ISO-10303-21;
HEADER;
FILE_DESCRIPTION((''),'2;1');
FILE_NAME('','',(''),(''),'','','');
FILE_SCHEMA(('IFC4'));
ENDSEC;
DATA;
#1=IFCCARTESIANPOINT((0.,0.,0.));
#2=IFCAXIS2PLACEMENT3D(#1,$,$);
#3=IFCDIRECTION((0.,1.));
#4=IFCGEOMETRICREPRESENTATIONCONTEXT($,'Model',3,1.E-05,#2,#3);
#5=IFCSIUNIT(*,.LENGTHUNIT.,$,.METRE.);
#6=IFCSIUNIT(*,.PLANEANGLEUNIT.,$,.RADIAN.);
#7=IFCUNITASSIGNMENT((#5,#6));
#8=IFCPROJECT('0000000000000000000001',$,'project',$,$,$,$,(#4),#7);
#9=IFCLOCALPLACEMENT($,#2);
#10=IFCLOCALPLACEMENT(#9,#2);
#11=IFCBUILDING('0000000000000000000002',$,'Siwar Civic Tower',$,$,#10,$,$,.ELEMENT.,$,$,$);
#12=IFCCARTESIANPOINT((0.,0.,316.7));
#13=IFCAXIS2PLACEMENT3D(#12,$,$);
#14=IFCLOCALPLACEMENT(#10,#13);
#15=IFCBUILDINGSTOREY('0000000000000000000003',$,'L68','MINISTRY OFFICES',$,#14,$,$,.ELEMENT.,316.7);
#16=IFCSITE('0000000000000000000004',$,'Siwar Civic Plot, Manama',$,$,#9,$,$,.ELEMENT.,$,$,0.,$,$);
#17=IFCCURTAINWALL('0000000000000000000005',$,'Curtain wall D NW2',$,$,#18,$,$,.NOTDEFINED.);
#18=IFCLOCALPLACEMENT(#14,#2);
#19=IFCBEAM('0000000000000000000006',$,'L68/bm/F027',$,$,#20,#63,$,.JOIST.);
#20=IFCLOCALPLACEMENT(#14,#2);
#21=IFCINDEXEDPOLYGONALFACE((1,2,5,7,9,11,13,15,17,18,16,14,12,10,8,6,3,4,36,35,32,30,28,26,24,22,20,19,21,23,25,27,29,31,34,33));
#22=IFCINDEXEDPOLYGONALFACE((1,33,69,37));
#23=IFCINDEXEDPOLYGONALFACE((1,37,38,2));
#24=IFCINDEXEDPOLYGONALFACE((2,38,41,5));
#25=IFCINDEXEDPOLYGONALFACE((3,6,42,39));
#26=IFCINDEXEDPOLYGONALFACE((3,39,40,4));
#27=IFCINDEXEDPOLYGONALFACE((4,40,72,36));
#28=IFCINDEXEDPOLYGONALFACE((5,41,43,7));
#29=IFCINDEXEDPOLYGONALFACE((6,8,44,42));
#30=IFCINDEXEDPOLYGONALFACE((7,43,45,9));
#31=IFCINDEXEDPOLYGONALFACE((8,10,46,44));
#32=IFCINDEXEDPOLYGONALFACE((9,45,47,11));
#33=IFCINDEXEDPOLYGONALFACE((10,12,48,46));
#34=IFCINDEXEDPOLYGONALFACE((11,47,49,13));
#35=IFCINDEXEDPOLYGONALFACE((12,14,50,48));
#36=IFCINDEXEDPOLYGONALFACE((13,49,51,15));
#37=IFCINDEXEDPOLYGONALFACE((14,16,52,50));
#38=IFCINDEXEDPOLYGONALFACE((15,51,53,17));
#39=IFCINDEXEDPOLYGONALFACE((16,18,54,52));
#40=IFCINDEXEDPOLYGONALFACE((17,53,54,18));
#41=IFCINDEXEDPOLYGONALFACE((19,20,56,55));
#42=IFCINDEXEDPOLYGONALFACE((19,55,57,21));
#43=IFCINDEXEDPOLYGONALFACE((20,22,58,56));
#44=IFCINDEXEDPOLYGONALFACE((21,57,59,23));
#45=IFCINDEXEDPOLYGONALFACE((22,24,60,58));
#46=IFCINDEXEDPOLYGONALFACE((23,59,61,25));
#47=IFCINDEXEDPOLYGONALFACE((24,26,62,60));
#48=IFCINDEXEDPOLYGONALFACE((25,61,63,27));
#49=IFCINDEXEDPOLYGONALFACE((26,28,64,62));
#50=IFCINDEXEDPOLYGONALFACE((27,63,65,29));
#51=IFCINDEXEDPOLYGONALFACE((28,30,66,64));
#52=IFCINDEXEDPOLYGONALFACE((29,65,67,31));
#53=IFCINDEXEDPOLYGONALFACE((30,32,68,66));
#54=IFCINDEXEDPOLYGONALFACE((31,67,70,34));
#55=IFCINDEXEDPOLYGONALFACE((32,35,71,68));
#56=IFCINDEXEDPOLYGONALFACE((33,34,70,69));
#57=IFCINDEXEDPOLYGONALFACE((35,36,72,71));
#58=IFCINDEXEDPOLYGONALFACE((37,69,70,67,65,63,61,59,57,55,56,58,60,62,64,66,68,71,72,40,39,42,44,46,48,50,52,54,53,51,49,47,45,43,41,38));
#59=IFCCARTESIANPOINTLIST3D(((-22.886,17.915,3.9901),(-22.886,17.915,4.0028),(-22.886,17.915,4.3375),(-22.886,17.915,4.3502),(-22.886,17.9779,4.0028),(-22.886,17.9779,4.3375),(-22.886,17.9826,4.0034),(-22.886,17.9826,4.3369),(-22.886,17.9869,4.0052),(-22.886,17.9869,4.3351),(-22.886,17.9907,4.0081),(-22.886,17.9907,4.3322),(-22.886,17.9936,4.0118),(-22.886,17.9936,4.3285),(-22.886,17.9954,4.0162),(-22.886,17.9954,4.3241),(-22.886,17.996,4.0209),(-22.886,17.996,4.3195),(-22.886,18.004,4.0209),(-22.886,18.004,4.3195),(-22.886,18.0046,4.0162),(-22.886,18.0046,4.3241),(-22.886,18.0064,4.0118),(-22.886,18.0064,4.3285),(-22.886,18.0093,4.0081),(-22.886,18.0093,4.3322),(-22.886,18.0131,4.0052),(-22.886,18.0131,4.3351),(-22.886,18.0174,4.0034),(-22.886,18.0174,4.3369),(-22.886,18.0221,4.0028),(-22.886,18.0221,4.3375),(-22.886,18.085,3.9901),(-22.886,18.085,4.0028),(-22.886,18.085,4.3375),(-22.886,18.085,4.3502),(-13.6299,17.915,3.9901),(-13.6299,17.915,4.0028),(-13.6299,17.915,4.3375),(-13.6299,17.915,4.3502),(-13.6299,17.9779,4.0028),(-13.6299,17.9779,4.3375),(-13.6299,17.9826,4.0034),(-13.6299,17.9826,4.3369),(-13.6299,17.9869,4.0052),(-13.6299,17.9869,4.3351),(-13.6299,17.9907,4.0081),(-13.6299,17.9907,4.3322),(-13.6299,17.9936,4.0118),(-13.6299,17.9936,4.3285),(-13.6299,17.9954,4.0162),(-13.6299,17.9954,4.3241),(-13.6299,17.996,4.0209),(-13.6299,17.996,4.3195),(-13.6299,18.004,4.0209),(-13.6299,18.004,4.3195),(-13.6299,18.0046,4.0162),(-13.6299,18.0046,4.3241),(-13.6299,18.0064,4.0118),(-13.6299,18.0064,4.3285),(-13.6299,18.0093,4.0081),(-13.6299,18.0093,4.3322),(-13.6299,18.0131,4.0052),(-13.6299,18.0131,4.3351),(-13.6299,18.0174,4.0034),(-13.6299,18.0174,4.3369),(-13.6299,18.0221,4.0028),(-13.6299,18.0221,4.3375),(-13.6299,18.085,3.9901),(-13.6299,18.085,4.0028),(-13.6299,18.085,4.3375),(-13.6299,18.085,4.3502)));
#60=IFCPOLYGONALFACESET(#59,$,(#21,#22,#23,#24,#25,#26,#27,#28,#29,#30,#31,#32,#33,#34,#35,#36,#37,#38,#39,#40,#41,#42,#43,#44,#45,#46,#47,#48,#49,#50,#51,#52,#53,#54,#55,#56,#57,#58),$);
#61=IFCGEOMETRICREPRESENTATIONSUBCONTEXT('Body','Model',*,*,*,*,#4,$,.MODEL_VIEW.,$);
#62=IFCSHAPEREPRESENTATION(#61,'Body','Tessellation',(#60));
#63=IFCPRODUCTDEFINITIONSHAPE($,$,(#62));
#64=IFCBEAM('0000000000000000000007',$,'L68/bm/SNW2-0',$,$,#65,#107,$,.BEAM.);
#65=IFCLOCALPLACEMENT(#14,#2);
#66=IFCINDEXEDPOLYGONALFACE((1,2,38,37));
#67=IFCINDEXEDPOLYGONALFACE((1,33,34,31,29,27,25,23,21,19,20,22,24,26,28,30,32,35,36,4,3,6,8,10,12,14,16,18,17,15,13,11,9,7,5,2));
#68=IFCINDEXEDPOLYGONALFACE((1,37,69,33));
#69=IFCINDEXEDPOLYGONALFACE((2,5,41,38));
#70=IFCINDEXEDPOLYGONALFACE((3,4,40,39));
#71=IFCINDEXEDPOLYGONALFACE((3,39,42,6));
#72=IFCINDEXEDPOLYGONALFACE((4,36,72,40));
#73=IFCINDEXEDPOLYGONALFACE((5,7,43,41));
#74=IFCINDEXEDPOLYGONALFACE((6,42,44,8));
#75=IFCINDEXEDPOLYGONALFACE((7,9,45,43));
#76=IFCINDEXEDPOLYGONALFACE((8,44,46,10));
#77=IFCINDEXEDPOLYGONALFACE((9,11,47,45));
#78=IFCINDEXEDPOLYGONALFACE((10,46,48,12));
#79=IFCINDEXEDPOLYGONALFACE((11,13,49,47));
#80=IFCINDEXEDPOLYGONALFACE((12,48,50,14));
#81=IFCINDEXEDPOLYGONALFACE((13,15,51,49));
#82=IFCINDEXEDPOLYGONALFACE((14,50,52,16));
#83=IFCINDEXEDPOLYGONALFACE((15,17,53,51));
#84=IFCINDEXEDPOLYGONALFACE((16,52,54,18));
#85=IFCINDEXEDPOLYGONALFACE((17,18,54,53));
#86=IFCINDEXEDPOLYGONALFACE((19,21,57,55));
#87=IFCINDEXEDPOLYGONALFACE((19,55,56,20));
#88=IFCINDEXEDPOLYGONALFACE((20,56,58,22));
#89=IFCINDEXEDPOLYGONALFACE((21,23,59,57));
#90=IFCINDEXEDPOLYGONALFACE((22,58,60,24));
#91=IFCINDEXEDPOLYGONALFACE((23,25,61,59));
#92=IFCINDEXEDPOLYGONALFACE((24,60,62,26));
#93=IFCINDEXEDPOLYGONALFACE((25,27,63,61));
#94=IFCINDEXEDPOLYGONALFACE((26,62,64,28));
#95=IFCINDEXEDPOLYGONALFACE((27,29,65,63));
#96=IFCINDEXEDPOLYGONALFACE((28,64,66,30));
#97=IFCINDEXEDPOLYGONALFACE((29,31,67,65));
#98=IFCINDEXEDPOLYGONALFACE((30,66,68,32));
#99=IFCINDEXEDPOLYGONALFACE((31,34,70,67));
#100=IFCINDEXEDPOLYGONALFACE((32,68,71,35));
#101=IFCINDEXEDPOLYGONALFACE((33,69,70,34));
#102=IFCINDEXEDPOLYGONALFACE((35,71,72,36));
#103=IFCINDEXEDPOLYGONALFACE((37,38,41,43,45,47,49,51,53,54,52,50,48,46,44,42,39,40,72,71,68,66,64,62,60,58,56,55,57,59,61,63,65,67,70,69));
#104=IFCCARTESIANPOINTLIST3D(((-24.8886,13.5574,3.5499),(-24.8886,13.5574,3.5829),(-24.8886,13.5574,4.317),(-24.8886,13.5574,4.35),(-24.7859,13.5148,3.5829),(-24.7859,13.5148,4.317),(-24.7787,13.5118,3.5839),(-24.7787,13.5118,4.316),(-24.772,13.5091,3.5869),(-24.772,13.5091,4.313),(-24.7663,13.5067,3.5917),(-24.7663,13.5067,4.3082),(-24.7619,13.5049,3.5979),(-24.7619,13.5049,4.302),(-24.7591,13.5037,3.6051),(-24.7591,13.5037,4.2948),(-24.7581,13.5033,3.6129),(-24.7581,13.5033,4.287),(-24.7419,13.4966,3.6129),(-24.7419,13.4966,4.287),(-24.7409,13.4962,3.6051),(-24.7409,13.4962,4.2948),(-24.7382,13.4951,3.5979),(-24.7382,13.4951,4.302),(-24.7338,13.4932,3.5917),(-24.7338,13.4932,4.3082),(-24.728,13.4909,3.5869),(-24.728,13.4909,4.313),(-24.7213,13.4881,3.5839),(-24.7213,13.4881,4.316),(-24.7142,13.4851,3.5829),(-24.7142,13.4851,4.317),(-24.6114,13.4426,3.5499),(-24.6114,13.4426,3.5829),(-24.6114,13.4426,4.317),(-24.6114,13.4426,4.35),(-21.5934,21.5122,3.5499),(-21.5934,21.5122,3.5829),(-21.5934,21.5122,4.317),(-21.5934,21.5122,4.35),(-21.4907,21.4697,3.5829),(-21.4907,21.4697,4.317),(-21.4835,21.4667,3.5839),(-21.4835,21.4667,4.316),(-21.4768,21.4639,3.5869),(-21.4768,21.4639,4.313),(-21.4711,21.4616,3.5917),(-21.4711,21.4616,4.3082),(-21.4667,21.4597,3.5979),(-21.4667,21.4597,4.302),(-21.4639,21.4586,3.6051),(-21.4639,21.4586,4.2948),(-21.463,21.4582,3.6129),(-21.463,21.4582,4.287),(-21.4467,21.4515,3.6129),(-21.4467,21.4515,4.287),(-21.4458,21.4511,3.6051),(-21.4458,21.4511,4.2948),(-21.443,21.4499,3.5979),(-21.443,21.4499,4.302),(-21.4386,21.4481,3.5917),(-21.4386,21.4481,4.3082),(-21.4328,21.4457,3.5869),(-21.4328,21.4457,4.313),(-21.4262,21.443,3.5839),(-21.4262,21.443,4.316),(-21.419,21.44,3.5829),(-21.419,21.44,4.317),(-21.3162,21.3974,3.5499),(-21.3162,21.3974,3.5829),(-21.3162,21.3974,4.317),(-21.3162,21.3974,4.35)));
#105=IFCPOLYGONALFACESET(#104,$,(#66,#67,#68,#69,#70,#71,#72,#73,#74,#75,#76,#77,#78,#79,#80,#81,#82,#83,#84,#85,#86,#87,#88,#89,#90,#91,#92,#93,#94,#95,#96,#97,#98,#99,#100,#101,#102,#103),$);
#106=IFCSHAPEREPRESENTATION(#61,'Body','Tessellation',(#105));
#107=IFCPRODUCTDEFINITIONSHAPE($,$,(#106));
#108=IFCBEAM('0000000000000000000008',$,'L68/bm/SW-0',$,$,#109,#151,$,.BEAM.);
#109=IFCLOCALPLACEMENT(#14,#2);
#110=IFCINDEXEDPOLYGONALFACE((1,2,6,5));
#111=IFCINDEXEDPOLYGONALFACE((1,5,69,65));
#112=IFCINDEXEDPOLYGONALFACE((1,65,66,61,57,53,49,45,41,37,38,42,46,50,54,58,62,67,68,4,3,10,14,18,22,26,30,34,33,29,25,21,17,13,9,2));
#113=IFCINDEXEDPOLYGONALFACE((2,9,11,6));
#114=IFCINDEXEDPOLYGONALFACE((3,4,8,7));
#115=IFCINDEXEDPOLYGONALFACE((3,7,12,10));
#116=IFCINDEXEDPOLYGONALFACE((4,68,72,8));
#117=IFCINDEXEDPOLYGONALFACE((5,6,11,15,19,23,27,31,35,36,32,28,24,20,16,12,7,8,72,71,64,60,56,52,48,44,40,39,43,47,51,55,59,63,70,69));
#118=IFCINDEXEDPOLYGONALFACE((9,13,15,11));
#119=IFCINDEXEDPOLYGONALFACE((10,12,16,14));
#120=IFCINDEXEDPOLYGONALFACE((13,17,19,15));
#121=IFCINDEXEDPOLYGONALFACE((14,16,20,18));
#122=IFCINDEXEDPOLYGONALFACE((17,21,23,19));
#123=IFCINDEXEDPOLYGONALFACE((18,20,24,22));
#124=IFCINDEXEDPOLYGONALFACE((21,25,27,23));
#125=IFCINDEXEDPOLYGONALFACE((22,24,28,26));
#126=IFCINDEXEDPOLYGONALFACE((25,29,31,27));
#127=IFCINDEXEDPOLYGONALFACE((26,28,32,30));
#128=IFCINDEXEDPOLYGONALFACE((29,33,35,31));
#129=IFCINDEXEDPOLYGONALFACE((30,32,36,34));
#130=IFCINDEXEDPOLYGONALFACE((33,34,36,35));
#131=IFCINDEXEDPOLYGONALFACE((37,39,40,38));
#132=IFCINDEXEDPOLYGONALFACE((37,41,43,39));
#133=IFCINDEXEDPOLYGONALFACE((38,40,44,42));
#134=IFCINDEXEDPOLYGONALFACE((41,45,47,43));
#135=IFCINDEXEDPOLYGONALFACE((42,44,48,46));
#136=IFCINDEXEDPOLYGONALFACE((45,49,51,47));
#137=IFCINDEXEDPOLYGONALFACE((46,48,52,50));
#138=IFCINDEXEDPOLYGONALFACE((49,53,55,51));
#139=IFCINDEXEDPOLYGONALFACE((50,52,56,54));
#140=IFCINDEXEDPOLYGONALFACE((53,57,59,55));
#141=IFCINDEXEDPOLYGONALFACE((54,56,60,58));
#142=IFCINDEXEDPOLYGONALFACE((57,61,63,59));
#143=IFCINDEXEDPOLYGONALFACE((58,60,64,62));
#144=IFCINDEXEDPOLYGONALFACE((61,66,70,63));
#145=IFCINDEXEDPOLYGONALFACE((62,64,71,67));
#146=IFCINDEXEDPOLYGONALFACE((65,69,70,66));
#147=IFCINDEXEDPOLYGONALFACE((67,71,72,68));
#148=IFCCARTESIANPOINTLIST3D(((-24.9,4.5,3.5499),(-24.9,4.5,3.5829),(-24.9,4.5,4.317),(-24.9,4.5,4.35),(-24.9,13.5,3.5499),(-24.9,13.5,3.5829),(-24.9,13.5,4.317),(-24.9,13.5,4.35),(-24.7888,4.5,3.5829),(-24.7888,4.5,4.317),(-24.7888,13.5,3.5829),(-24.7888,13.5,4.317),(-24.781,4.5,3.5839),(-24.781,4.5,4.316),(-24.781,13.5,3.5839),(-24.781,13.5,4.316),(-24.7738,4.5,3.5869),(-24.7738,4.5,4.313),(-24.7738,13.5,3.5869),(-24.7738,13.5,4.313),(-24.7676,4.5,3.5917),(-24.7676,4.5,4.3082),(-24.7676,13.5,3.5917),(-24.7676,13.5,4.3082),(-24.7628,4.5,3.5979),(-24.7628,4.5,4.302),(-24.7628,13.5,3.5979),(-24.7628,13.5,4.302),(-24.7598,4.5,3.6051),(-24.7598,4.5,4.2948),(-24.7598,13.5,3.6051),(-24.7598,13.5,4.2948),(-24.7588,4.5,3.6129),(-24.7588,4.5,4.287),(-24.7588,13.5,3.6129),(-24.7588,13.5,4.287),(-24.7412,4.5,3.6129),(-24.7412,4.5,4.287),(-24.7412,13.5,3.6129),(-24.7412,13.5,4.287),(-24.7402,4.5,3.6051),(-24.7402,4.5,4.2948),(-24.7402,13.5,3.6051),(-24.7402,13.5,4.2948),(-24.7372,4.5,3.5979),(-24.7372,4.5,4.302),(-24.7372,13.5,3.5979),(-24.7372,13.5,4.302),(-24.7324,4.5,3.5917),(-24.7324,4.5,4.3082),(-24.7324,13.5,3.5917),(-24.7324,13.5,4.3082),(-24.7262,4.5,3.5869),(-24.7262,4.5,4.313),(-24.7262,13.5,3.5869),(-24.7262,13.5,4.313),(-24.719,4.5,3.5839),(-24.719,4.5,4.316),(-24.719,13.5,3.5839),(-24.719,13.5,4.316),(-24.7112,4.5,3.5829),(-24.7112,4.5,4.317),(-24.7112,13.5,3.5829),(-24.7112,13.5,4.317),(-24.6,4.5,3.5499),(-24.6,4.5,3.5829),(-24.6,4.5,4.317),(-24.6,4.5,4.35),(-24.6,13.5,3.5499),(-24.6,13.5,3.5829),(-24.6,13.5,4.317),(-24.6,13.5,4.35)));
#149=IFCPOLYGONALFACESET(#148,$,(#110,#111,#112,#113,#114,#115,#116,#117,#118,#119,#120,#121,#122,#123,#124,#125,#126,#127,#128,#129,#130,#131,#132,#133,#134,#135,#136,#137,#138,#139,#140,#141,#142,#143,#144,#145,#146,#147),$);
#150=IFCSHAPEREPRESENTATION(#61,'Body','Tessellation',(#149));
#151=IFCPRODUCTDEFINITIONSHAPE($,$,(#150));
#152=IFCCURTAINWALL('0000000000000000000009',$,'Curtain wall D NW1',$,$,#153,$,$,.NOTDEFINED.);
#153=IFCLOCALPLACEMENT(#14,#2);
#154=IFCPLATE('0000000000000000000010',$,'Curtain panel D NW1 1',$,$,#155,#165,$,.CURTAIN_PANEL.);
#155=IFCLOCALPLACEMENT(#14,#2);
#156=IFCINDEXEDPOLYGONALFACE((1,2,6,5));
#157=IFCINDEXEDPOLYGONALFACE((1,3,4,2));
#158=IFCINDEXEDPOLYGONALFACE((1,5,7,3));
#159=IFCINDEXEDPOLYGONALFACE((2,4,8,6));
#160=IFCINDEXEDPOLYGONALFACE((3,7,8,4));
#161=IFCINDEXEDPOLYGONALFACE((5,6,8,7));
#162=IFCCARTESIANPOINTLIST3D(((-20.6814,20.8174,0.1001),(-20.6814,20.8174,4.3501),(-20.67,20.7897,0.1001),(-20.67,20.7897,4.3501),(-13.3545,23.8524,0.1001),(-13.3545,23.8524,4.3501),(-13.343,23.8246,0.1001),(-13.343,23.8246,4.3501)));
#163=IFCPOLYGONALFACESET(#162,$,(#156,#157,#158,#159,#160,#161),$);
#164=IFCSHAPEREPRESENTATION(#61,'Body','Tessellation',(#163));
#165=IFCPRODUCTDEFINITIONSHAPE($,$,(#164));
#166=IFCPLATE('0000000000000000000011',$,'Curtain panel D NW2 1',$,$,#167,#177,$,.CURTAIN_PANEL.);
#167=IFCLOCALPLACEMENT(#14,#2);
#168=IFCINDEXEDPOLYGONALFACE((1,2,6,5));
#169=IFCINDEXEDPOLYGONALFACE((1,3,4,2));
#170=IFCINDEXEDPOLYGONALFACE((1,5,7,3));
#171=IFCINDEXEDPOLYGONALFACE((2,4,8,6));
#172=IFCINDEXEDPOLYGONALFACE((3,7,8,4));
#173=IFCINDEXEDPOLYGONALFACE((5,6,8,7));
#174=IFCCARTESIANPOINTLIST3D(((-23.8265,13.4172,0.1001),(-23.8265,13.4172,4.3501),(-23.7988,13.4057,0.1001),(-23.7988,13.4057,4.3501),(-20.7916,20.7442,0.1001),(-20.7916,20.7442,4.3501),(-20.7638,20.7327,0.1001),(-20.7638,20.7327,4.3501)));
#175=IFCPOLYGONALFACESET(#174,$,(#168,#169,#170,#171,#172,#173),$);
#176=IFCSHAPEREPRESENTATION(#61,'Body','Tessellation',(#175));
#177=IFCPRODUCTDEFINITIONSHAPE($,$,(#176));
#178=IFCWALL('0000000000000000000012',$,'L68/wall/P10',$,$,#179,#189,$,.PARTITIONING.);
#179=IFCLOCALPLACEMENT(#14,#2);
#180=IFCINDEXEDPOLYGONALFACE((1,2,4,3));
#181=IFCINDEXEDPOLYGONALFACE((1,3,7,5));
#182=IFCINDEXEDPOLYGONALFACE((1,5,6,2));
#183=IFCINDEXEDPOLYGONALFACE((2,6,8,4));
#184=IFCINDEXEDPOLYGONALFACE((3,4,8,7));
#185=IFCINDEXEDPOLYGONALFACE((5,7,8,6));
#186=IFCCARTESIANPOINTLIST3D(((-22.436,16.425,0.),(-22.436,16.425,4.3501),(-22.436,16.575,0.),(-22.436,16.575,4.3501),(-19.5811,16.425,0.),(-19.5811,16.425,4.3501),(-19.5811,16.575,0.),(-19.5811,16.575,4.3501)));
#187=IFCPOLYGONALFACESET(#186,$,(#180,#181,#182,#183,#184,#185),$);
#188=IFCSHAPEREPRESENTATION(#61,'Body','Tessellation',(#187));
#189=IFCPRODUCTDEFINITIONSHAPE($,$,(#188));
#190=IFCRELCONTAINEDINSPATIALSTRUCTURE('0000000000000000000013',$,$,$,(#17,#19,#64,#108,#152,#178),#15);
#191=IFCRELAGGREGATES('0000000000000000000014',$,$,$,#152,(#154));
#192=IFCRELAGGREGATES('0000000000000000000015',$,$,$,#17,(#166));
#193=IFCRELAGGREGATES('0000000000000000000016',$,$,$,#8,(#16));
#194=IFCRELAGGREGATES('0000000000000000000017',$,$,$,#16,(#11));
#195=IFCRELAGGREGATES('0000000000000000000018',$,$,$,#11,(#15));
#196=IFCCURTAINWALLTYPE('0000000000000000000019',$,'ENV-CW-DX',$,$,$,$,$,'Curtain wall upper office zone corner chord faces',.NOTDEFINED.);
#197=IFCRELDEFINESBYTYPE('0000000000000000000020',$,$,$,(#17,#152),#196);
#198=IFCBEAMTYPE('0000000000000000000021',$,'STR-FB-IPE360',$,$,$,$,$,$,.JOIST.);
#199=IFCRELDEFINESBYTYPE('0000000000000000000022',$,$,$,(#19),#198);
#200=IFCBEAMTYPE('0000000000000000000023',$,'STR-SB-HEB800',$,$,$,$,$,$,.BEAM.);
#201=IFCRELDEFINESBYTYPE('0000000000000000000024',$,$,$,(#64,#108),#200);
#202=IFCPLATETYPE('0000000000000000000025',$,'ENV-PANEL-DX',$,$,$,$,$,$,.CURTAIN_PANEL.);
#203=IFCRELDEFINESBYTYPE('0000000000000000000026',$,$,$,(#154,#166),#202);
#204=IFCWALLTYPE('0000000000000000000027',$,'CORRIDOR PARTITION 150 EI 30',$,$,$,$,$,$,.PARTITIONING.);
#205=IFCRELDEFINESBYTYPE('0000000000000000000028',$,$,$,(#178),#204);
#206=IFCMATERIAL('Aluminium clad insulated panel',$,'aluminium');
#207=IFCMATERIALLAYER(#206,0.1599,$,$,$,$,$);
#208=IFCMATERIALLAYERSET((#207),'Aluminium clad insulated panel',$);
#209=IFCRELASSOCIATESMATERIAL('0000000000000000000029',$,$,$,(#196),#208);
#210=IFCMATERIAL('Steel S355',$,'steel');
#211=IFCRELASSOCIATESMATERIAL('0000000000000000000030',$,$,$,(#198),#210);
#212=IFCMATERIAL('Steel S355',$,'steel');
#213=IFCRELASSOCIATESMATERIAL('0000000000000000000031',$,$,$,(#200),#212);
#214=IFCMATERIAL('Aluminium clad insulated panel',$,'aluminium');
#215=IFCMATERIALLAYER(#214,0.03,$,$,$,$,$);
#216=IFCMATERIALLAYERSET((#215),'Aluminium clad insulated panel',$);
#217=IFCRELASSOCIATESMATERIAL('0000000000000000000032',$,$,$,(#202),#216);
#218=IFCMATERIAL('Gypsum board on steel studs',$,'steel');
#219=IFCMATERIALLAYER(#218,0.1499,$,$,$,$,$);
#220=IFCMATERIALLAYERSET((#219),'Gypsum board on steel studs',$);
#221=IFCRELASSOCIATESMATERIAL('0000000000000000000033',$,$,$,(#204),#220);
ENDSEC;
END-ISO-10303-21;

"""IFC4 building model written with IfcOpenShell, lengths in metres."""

from ifc_helpers import new_model, si_unit, direction, frame, frame_2d, origin, origin_2d, place, context, subcontext, project, spatial, rectangle, i_section, extrude, material, layer, layer_set, material_profile, profile_set, type_object, element, aggregate, save


model = new_model("IFC4")

# Units and contexts
model_context = context("Model", 3, precision=1e-05, world=origin(), true_north=direction((0.0, 1.0)))
body_context = subcontext(model_context, "Body", "Model", "MODEL_VIEW")
ifc_project = project(units=[si_unit("LENGTHUNIT", "METRE"), si_unit("PLANEANGLEUNIT", "RADIAN")], contexts=[model_context])

# Site, building, storey
site_placement = place(None, origin())
site = spatial("IfcSite", under=ifc_project, at=site_placement, Name="Siwar Civic Plot, Manama", CompositionType="ELEMENT", RefElevation=0.0)
building_placement = place(site_placement, origin())
building = spatial("IfcBuilding", under=site, at=building_placement, Name="Siwar Civic Tower", CompositionType="ELEMENT")
storey_placement = place(building_placement, frame((0.0, 0.0, 316.7)))
storey = spatial("IfcBuildingStorey", under=building, at=storey_placement, Name="L68", Description="MINISTRY OFFICES", CompositionType="ELEMENT", Elevation=316.7)

# Curtain wall
ifc_material_1 = material(Name="Aluminium clad insulated panel", Category="aluminium")
ifc_layer_1 = layer(ifc_material_1, 0.1599)
ifc_layer_set_1 = layer_set([ifc_layer_1], Name="Aluminium clad insulated panel")
curtain_wall_type = type_object("IfcCurtainWallType", Name="ENV-CW-DX", ElementType="Curtain wall upper office zone corner chord faces", PredefinedType="NOTDEFINED", material=ifc_layer_set_1)
curtain_wall_1_placement = place(storey_placement, origin())
curtain_wall_1 = element("IfcCurtainWall", 1, at=curtain_wall_1_placement, inside=storey, type_object=curtain_wall_type, Name="Curtain wall D NW2", PredefinedType="NOTDEFINED")

# Beams
ifc_material_2 = material(Name="Steel S355", Category="steel")
ifc_material_profile_1 = material_profile(ifc_material_2, i_section(OverallWidth=0.1699, OverallDepth=0.3601, WebThickness=0.0081, FlangeThickness=0.0127, FilletRadius=0.0181, at=origin_2d()), Name="IPE360")
ifc_profile_set_1 = profile_set([ifc_material_profile_1], Name="Steel S355")
beam_type_1 = type_object("IfcBeamType", Name="STR-FB-IPE360", PredefinedType="JOIST", material=ifc_profile_set_1)
beam_1_placement = place(storey_placement, frame((-22.886, 18.0, 4.1702), z_axis=(1.0, 0.0, 0.0), x_axis=(0.0, 1.0, 0.0)))
element("IfcBeam", 2, at=beam_1_placement, inside=storey, type_object=beam_type_1, Name="L68/bm/F027", PredefinedType="JOIST", context=body_context, shape_type="SweptSolid", body=[
    extrude(i_section(OverallWidth=0.1699, OverallDepth=0.3601, WebThickness=0.0081, FlangeThickness=0.0127, FilletRadius=0.0181, at=origin_2d()), origin(), (0.0, 0.0, 1.0), 9.2561),
])
ifc_material_3 = material(Name="Steel S355", Category="steel")
ifc_material_profile_2 = material_profile(ifc_material_3, i_section(OverallWidth=0.3, OverallDepth=0.8, WebThickness=0.0176, FlangeThickness=0.033, FilletRadius=0.03, at=origin_2d()), Name="HEB800")
ifc_profile_set_2 = profile_set([ifc_material_profile_2], Name="Steel S355")
beam_type_2 = type_object("IfcBeamType", Name="STR-SB-HEB800", PredefinedType="BEAM", material=ifc_profile_set_2)
beam_2_placement = place(storey_placement, frame((-21.4548, 21.4548, 3.95), z_axis=(-0.3827, -0.923873, 0.0), x_axis=(0.923873, -0.3827, 0.0)))
element("IfcBeam", 3, at=beam_2_placement, inside=storey, type_object=beam_type_2, Name="L68/bm/SNW2-0", PredefinedType="BEAM", context=body_context, shape_type="SweptSolid", body=[
    extrude(i_section(OverallWidth=0.3, OverallDepth=0.8, WebThickness=0.0176, FlangeThickness=0.033, FilletRadius=0.03, at=origin_2d()), origin(), (0.0, 0.0, 1.0), 8.6104),
])
beam_3_placement = place(storey_placement, frame((-24.75, 13.5, 3.95), z_axis=(0.0, -1.0, 0.0), x_axis=(1.0, 0.0, 0.0)))
element("IfcBeam", 4, at=beam_3_placement, inside=storey, type_object=beam_type_2, Name="L68/bm/SW-0", PredefinedType="BEAM", context=body_context, shape_type="SweptSolid", body=[
    extrude(i_section(OverallWidth=0.3, OverallDepth=0.8, WebThickness=0.0176, FlangeThickness=0.033, FilletRadius=0.03, at=origin_2d()), origin(), (0.0, 0.0, 1.0), 9.0),
])

# Curtain wall, plate
curtain_wall_2_placement = place(storey_placement, origin())
curtain_wall_2 = element("IfcCurtainWall", 5, at=curtain_wall_2_placement, inside=storey, type_object=curtain_wall_type, Name="Curtain wall D NW1", PredefinedType="NOTDEFINED")
ifc_material_4 = material(Name="Aluminium clad insulated panel", Category="aluminium")
ifc_layer_2 = layer(ifc_material_4, 0.03)
ifc_layer_set_2 = layer_set([ifc_layer_2], Name="Aluminium clad insulated panel")
plate_type = type_object("IfcPlateType", Name="ENV-PANEL-DX", PredefinedType="CURTAIN_PANEL", material=ifc_layer_set_2)
plate_1_placement = place(storey_placement, frame((-17.0122, 22.321, 0.1001), z_axis=(0.0, 0.0, 1.0), x_axis=(-0.92388, -0.382683, 0.0)))
plate_1 = element("IfcPlate", 6, at=plate_1_placement, type_object=plate_type, Name="Curtain panel D NW1 1", PredefinedType="CURTAIN_PANEL", context=body_context, shape_type="SweptSolid", body=[
    extrude(rectangle(XDim=7.9307, YDim=0.03, at=origin_2d()), origin(), (0.0, 0.0, 1.0), 4.25),
])
aggregate(curtain_wall_2, [plate_1])

# Plate
plate_2_placement = place(storey_placement, frame((-22.2952, 17.075, 0.1001), z_axis=(0.0, 0.0, 1.0), x_axis=(-0.382683, -0.92388, 0.0)))
plate_2 = element("IfcPlate", 7, at=plate_2_placement, type_object=plate_type, Name="Curtain panel D NW2 1", PredefinedType="CURTAIN_PANEL", context=body_context, shape_type="SweptSolid", body=[
    extrude(rectangle(XDim=7.9307, YDim=0.03, at=origin_2d()), origin(), (0.0, 0.0, 1.0), 4.25),
])
aggregate(curtain_wall_1, [plate_2])

# Wall
ifc_material_5 = material(Name="Gypsum board on steel studs", Category="steel")
ifc_layer_3 = layer(ifc_material_5, 0.1499)
ifc_layer_set_3 = layer_set([ifc_layer_3], Name="Gypsum board on steel studs")
wall_type = type_object("IfcWallType", Name="CORRIDOR PARTITION 150 EI 30", PredefinedType="PARTITIONING", material=ifc_layer_set_3)
wall_1_placement = place(storey_placement, frame((-22.436, 16.5, 0.0), z_axis=(0.0, 0.0, 1.0), x_axis=(1.0, 0.0, 0.0)))
element("IfcWall", 8, at=wall_1_placement, inside=storey, type_object=wall_type, Name="L68/wall/P10", PredefinedType="PARTITIONING", context=body_context, shape_type="SweptSolid", body=[
    extrude(rectangle(XDim=2.855, YDim=0.1499, at=frame_2d((1.4275, 0.0))), origin(), (0.0, 0.0, 1.0), 4.3501),
])

save(model, "model.ifc")
